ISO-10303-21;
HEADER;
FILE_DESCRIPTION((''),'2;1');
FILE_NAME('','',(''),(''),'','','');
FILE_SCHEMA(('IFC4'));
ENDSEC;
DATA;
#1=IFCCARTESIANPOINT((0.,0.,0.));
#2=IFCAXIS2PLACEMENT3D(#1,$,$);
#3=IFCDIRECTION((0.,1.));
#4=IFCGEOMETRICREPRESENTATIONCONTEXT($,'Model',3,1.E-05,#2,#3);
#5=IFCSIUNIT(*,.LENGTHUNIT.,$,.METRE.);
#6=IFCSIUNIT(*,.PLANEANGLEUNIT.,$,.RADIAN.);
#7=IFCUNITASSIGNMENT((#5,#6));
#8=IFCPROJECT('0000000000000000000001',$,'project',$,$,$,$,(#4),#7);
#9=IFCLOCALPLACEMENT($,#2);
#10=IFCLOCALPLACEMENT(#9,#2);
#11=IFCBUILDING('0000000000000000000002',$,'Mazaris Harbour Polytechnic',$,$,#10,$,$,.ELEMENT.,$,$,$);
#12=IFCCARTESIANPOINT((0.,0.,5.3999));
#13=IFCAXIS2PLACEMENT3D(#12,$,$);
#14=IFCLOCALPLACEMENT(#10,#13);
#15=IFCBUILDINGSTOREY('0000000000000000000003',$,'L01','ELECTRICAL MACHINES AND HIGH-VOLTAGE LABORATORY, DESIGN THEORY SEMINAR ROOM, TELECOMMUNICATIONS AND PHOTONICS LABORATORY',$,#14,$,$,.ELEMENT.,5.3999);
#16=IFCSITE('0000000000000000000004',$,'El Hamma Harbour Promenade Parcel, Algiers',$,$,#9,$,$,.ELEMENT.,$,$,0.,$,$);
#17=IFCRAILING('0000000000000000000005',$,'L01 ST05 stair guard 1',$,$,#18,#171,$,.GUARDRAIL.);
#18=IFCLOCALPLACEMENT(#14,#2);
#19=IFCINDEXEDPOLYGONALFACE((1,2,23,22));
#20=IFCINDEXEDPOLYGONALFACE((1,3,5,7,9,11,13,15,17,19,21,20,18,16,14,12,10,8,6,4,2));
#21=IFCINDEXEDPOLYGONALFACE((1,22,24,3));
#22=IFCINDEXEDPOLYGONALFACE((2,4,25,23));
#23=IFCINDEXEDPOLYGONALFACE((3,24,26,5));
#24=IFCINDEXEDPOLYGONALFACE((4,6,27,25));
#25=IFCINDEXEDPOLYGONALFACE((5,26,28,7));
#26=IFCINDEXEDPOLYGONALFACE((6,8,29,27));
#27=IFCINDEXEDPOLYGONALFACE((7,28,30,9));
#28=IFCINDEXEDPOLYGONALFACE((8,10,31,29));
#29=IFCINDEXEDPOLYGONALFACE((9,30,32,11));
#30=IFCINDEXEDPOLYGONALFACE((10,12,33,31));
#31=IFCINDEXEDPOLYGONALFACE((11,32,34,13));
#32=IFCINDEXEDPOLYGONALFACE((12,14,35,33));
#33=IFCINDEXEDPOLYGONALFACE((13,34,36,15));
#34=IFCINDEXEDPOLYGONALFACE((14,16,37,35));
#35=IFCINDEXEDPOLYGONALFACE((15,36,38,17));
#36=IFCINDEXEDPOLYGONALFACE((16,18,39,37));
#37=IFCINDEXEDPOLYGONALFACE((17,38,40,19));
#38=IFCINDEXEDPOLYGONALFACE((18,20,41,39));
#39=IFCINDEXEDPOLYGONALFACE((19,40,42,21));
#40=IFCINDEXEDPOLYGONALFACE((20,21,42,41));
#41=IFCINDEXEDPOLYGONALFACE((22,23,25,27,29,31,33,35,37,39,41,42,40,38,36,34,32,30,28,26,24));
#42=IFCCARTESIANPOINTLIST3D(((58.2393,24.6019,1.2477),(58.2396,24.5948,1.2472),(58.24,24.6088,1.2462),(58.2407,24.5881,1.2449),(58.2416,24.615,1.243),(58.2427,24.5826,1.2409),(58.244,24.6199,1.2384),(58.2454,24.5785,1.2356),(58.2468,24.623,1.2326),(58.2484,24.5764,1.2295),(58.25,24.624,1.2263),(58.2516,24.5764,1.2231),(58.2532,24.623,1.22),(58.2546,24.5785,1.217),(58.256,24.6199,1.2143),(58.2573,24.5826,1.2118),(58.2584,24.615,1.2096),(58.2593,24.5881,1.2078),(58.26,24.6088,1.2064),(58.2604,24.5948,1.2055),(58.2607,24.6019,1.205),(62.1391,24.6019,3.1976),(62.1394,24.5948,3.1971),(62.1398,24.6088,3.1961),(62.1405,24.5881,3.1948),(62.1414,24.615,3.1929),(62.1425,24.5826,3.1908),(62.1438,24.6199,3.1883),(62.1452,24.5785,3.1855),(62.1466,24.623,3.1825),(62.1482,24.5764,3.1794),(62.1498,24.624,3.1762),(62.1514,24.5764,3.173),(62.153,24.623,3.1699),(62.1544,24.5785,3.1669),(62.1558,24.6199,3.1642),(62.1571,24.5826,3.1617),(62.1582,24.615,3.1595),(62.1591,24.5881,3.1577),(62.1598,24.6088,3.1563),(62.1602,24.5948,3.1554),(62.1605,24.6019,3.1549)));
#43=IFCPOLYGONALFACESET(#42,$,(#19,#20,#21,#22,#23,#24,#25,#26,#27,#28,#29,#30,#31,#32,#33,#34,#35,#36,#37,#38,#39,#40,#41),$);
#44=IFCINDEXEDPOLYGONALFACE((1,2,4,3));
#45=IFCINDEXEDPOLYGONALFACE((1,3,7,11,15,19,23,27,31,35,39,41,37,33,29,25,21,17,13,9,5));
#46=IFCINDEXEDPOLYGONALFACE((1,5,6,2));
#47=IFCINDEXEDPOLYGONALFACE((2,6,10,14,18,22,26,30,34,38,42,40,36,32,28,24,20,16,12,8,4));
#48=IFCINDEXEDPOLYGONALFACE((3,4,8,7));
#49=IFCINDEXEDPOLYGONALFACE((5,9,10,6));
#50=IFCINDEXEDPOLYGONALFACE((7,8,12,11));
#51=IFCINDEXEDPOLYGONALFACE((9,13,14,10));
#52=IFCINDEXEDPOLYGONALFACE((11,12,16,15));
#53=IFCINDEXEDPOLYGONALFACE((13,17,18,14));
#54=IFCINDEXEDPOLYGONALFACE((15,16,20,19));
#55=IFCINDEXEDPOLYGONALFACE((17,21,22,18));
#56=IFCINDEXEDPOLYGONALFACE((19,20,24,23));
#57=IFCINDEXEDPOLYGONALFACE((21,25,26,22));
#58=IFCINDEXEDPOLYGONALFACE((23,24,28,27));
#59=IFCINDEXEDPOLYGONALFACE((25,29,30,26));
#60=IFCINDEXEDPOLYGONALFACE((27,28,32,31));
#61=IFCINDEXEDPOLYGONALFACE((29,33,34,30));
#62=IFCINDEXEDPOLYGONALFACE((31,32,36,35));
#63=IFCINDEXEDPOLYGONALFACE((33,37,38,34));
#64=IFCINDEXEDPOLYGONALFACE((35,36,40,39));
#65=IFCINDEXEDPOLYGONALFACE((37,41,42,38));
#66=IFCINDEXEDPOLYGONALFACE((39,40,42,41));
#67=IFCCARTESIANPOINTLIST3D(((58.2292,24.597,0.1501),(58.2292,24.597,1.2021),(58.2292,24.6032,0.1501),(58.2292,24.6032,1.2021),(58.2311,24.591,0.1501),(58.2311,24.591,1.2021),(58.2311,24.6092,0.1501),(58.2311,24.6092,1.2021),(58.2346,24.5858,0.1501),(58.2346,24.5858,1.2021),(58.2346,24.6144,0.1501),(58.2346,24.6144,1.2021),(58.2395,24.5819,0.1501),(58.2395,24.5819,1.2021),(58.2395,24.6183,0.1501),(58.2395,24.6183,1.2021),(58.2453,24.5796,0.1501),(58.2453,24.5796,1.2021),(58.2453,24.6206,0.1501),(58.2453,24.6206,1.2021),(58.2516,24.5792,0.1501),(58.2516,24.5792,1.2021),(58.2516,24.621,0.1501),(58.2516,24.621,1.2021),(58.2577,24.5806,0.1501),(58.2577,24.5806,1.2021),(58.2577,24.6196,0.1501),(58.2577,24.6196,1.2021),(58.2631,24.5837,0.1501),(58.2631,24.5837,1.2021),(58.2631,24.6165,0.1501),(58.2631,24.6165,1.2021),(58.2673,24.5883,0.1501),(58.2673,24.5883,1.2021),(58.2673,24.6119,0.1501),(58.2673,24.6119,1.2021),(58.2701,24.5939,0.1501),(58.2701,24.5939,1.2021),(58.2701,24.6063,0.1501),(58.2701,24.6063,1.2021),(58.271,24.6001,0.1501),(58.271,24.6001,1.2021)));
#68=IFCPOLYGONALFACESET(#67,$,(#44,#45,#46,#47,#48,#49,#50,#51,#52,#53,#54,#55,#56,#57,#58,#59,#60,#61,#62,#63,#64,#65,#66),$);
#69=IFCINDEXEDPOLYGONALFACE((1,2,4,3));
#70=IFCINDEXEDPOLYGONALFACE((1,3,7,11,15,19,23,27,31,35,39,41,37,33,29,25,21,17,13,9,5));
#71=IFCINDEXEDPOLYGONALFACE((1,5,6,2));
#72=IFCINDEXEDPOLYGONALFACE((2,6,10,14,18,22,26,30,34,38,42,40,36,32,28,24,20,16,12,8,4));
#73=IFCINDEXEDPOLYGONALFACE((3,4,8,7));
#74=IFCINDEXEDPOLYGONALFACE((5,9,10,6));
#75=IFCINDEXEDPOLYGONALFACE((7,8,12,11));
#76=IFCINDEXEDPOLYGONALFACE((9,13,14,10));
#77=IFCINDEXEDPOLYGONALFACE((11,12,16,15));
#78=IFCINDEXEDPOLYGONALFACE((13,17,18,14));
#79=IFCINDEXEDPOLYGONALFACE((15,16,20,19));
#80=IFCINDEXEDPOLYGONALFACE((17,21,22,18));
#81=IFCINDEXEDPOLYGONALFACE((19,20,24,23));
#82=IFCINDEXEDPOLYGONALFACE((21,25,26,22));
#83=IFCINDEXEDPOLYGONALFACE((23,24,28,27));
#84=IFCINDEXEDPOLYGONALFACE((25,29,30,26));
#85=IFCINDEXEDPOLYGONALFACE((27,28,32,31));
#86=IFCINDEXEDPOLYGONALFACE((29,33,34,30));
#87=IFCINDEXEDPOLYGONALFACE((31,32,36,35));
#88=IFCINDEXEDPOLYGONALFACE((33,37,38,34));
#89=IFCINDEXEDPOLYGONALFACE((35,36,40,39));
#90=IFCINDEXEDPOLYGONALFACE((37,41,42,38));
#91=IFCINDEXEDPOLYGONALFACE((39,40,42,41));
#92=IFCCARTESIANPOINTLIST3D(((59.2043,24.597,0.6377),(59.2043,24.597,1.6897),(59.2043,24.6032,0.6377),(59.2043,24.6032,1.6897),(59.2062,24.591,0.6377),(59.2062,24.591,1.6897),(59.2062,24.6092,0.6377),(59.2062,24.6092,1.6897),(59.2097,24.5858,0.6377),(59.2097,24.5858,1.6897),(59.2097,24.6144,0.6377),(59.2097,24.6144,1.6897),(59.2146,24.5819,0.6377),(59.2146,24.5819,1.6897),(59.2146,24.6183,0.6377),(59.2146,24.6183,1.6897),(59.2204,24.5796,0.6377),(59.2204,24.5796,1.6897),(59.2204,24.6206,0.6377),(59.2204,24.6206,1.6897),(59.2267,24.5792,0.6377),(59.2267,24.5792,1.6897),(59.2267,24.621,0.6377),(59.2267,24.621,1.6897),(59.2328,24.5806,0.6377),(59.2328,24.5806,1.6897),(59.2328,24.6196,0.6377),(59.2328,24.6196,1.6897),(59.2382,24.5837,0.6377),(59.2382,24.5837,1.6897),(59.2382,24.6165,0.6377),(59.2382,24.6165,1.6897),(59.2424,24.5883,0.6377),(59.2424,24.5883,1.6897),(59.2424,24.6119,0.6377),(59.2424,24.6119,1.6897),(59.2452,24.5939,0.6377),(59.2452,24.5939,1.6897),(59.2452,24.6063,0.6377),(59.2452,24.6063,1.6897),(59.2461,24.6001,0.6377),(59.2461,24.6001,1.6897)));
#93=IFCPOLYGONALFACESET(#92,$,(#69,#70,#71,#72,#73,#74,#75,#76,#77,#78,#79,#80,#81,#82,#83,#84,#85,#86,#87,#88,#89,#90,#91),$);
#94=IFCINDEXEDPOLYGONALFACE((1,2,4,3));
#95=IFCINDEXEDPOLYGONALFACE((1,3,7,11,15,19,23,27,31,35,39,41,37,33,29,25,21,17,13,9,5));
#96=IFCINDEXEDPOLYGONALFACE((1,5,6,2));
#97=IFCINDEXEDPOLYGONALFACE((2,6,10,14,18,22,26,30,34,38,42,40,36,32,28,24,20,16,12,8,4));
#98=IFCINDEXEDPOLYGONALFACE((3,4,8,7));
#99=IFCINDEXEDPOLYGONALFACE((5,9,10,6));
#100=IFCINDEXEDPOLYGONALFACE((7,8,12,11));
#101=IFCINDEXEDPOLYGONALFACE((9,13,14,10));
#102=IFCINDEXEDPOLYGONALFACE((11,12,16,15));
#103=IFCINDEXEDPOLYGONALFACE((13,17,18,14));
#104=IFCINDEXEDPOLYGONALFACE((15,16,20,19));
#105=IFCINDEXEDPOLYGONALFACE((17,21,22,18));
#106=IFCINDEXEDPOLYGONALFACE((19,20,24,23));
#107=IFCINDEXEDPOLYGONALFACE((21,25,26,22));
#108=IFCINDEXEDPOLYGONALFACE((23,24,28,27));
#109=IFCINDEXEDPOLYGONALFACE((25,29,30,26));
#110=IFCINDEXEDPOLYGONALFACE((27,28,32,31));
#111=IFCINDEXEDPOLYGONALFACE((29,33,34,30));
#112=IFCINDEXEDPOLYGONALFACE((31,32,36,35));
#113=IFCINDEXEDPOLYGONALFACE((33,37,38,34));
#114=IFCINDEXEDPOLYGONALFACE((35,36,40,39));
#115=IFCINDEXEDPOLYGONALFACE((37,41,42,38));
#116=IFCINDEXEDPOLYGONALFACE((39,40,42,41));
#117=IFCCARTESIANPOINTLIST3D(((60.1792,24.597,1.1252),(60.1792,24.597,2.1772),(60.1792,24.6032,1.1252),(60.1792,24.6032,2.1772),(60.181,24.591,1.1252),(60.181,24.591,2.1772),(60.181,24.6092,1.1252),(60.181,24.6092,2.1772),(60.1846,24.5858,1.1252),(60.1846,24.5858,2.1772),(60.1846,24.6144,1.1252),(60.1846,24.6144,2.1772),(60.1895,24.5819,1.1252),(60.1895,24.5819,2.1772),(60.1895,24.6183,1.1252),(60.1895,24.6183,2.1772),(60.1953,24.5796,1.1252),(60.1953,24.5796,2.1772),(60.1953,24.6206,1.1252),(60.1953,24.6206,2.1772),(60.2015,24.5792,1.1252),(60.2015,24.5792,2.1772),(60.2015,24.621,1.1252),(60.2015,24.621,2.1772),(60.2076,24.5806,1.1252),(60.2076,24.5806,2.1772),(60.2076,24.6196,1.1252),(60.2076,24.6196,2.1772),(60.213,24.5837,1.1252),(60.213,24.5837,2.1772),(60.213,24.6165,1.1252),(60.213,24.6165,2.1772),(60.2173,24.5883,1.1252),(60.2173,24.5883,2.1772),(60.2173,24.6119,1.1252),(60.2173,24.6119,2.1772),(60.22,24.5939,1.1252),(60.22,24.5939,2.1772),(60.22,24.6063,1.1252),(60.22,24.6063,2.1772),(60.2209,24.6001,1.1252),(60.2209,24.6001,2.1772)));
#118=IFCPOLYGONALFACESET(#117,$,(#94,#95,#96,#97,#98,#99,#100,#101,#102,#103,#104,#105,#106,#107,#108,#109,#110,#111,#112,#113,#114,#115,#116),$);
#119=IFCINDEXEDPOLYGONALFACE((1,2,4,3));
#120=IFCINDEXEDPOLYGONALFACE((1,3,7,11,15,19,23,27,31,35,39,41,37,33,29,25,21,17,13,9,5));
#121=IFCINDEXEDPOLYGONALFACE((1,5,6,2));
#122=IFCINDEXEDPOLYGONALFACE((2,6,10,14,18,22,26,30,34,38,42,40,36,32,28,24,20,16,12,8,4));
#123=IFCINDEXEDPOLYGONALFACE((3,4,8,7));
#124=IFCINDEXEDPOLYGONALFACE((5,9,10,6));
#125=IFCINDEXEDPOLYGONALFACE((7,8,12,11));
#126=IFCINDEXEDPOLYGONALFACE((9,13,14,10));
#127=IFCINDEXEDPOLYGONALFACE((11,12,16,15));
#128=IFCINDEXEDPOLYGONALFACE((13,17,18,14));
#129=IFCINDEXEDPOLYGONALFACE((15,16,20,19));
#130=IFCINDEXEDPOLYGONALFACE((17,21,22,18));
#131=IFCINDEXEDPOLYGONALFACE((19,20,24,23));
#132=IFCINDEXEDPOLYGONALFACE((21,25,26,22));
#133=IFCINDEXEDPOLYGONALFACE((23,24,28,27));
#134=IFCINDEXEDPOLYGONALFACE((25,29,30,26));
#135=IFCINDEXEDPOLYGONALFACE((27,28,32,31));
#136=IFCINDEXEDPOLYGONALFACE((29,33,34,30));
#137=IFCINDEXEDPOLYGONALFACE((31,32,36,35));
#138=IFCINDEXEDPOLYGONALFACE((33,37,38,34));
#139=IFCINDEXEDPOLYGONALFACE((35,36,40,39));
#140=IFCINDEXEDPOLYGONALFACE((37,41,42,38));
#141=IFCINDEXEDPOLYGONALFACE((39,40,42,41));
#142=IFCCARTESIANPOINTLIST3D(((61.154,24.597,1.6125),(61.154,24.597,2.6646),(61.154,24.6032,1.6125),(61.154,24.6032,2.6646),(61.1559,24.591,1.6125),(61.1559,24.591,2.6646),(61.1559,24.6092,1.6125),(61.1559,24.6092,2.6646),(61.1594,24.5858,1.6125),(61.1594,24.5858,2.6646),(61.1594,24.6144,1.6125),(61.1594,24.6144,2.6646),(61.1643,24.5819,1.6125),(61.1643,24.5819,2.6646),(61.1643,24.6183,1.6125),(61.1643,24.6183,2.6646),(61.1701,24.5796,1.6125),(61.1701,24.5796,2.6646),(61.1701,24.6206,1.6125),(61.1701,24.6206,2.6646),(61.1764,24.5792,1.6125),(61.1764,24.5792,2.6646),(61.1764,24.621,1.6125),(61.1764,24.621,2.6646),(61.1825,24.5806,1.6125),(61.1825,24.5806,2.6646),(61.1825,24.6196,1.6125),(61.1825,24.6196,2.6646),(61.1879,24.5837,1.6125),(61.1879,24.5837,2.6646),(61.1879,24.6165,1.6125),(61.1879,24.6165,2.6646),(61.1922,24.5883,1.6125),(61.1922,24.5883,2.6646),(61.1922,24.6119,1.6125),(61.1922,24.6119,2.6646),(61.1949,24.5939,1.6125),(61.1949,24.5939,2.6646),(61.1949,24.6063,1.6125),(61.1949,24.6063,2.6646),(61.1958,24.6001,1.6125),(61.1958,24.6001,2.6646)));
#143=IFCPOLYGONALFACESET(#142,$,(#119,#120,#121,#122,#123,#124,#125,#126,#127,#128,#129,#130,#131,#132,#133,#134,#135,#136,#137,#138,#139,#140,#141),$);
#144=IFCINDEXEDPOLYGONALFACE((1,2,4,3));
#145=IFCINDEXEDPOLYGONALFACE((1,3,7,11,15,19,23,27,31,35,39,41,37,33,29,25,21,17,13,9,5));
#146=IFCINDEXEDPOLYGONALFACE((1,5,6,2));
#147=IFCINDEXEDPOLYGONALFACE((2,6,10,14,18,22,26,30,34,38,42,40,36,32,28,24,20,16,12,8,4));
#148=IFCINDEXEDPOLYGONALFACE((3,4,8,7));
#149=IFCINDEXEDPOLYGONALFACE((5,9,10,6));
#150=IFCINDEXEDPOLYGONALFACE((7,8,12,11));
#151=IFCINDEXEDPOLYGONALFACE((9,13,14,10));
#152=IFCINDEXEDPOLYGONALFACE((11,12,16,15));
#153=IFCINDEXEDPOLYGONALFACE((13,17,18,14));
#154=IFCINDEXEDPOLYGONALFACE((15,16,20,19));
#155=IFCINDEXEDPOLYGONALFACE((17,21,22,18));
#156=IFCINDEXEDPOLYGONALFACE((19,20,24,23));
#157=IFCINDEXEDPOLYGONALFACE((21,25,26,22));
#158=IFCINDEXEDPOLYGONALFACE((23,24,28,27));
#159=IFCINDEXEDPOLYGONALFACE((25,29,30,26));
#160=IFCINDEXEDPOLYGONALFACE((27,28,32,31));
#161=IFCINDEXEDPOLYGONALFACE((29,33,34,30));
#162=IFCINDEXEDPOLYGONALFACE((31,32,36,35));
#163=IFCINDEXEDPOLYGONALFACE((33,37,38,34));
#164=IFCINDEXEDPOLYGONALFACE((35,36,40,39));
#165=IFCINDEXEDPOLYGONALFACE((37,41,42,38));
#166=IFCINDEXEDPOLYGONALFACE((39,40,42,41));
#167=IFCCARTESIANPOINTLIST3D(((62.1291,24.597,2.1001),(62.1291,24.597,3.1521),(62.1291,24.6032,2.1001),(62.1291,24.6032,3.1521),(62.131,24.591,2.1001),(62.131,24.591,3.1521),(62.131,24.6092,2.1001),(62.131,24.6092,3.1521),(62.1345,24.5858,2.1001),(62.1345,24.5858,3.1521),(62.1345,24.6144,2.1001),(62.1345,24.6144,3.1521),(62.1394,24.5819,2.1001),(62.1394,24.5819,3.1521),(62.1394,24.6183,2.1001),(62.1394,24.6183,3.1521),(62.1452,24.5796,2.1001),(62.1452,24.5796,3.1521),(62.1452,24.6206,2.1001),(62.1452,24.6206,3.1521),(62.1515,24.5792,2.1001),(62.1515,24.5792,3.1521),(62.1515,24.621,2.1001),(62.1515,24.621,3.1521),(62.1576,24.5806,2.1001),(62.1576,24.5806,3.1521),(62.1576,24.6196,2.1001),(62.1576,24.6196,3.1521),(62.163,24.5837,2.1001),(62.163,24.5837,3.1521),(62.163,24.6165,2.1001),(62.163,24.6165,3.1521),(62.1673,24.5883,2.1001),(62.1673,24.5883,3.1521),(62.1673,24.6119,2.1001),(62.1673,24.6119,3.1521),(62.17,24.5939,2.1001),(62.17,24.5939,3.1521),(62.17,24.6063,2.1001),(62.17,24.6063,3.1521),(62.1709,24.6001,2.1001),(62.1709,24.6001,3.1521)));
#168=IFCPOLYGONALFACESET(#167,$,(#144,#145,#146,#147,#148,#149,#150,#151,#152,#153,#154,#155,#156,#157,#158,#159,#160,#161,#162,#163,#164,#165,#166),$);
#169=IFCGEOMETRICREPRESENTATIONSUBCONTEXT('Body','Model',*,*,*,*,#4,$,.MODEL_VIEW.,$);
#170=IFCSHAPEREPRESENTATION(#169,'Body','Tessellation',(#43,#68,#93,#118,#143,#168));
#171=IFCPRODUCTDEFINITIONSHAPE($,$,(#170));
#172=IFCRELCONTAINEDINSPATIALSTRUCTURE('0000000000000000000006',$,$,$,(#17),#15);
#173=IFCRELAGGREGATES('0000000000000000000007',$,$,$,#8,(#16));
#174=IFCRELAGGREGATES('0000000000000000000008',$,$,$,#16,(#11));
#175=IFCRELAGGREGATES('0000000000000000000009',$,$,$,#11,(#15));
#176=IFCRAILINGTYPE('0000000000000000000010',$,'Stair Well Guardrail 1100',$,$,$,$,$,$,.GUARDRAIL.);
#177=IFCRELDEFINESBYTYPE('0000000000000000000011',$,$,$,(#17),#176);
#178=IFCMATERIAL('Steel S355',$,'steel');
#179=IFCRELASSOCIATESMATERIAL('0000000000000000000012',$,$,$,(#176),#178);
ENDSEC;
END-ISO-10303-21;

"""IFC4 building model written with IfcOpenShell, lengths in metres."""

from ifc_helpers import new_model, si_unit, direction, frame, origin, origin_2d, place, context, subcontext, project, spatial, circle, extrude, material, type_object, element, save


model = new_model("IFC4")

# Units and contexts
model_context = context("Model", 3, precision=1e-05, world=origin(), true_north=direction((0.0, 1.0)))
body_context = subcontext(model_context, "Body", "Model", "MODEL_VIEW")
ifc_project = project(units=[si_unit("LENGTHUNIT", "METRE"), si_unit("PLANEANGLEUNIT", "RADIAN")], contexts=[model_context])

# Site, building, storey
site_placement = place(None, origin())
site = spatial("IfcSite", under=ifc_project, at=site_placement, Name="El Hamma Harbour Promenade Parcel, Algiers", CompositionType="ELEMENT", RefElevation=0.0)
building_placement = place(site_placement, origin())
building = spatial("IfcBuilding", under=site, at=building_placement, Name="Mazaris Harbour Polytechnic", CompositionType="ELEMENT")
storey_placement = place(building_placement, frame((0.0, 0.0, 5.3999)))
storey = spatial("IfcBuildingStorey", under=building, at=storey_placement, Name="L01", Description="ELECTRICAL MACHINES AND HIGH-VOLTAGE LABORATORY, DESIGN THEORY SEMINAR ROOM, TELECOMMUNICATIONS AND PHOTONICS LABORATORY", CompositionType="ELEMENT", Elevation=5.3999)

# Railing
ifc_material_1 = material(Name="Steel S355", Category="steel")
railing_type_1 = type_object("IfcRailingType", Name="Stair Well Guardrail 1100", PredefinedType="GUARDRAIL", material=ifc_material_1)
railing_1_placement = place(storey_placement, frame((58.25, 24.6001, 0.1501)))
element("IfcRailing", 1, at=railing_1_placement, inside=storey, type_object=railing_type_1, Name="L01 ST05 stair guard 1", PredefinedType="GUARDRAIL", context=body_context, shape_type="SweptSolid", body=[
    extrude(circle(Radius=0.0239, at=origin_2d()), frame((0.0, 0.0, 1.0762), z_axis=(0.894427, 0.0, 0.447214), x_axis=(0.0, 1.0, 0.0)), (0.0, 0.0, 1.0), 4.3601),
    extrude(circle(Radius=0.021, at=origin_2d()), origin(), (0.0, 0.0, 1.0), 1.052),
    extrude(circle(Radius=0.021, at=origin_2d()), frame((0.9751, 0.0, 0.4875)), (0.0, 0.0, 1.0), 1.052),
    extrude(circle(Radius=0.021, at=origin_2d()), frame((1.95, 0.0, 0.9751)), (0.0, 0.0, 1.0), 1.052),
    extrude(circle(Radius=0.021, at=origin_2d()), frame((2.9248, 0.0, 1.4624)), (0.0, 0.0, 1.0), 1.052),
    extrude(circle(Radius=0.021, at=origin_2d()), frame((3.8999, 0.0, 1.95)), (0.0, 0.0, 1.0), 1.052),
])

save(model, "model.ifc")
